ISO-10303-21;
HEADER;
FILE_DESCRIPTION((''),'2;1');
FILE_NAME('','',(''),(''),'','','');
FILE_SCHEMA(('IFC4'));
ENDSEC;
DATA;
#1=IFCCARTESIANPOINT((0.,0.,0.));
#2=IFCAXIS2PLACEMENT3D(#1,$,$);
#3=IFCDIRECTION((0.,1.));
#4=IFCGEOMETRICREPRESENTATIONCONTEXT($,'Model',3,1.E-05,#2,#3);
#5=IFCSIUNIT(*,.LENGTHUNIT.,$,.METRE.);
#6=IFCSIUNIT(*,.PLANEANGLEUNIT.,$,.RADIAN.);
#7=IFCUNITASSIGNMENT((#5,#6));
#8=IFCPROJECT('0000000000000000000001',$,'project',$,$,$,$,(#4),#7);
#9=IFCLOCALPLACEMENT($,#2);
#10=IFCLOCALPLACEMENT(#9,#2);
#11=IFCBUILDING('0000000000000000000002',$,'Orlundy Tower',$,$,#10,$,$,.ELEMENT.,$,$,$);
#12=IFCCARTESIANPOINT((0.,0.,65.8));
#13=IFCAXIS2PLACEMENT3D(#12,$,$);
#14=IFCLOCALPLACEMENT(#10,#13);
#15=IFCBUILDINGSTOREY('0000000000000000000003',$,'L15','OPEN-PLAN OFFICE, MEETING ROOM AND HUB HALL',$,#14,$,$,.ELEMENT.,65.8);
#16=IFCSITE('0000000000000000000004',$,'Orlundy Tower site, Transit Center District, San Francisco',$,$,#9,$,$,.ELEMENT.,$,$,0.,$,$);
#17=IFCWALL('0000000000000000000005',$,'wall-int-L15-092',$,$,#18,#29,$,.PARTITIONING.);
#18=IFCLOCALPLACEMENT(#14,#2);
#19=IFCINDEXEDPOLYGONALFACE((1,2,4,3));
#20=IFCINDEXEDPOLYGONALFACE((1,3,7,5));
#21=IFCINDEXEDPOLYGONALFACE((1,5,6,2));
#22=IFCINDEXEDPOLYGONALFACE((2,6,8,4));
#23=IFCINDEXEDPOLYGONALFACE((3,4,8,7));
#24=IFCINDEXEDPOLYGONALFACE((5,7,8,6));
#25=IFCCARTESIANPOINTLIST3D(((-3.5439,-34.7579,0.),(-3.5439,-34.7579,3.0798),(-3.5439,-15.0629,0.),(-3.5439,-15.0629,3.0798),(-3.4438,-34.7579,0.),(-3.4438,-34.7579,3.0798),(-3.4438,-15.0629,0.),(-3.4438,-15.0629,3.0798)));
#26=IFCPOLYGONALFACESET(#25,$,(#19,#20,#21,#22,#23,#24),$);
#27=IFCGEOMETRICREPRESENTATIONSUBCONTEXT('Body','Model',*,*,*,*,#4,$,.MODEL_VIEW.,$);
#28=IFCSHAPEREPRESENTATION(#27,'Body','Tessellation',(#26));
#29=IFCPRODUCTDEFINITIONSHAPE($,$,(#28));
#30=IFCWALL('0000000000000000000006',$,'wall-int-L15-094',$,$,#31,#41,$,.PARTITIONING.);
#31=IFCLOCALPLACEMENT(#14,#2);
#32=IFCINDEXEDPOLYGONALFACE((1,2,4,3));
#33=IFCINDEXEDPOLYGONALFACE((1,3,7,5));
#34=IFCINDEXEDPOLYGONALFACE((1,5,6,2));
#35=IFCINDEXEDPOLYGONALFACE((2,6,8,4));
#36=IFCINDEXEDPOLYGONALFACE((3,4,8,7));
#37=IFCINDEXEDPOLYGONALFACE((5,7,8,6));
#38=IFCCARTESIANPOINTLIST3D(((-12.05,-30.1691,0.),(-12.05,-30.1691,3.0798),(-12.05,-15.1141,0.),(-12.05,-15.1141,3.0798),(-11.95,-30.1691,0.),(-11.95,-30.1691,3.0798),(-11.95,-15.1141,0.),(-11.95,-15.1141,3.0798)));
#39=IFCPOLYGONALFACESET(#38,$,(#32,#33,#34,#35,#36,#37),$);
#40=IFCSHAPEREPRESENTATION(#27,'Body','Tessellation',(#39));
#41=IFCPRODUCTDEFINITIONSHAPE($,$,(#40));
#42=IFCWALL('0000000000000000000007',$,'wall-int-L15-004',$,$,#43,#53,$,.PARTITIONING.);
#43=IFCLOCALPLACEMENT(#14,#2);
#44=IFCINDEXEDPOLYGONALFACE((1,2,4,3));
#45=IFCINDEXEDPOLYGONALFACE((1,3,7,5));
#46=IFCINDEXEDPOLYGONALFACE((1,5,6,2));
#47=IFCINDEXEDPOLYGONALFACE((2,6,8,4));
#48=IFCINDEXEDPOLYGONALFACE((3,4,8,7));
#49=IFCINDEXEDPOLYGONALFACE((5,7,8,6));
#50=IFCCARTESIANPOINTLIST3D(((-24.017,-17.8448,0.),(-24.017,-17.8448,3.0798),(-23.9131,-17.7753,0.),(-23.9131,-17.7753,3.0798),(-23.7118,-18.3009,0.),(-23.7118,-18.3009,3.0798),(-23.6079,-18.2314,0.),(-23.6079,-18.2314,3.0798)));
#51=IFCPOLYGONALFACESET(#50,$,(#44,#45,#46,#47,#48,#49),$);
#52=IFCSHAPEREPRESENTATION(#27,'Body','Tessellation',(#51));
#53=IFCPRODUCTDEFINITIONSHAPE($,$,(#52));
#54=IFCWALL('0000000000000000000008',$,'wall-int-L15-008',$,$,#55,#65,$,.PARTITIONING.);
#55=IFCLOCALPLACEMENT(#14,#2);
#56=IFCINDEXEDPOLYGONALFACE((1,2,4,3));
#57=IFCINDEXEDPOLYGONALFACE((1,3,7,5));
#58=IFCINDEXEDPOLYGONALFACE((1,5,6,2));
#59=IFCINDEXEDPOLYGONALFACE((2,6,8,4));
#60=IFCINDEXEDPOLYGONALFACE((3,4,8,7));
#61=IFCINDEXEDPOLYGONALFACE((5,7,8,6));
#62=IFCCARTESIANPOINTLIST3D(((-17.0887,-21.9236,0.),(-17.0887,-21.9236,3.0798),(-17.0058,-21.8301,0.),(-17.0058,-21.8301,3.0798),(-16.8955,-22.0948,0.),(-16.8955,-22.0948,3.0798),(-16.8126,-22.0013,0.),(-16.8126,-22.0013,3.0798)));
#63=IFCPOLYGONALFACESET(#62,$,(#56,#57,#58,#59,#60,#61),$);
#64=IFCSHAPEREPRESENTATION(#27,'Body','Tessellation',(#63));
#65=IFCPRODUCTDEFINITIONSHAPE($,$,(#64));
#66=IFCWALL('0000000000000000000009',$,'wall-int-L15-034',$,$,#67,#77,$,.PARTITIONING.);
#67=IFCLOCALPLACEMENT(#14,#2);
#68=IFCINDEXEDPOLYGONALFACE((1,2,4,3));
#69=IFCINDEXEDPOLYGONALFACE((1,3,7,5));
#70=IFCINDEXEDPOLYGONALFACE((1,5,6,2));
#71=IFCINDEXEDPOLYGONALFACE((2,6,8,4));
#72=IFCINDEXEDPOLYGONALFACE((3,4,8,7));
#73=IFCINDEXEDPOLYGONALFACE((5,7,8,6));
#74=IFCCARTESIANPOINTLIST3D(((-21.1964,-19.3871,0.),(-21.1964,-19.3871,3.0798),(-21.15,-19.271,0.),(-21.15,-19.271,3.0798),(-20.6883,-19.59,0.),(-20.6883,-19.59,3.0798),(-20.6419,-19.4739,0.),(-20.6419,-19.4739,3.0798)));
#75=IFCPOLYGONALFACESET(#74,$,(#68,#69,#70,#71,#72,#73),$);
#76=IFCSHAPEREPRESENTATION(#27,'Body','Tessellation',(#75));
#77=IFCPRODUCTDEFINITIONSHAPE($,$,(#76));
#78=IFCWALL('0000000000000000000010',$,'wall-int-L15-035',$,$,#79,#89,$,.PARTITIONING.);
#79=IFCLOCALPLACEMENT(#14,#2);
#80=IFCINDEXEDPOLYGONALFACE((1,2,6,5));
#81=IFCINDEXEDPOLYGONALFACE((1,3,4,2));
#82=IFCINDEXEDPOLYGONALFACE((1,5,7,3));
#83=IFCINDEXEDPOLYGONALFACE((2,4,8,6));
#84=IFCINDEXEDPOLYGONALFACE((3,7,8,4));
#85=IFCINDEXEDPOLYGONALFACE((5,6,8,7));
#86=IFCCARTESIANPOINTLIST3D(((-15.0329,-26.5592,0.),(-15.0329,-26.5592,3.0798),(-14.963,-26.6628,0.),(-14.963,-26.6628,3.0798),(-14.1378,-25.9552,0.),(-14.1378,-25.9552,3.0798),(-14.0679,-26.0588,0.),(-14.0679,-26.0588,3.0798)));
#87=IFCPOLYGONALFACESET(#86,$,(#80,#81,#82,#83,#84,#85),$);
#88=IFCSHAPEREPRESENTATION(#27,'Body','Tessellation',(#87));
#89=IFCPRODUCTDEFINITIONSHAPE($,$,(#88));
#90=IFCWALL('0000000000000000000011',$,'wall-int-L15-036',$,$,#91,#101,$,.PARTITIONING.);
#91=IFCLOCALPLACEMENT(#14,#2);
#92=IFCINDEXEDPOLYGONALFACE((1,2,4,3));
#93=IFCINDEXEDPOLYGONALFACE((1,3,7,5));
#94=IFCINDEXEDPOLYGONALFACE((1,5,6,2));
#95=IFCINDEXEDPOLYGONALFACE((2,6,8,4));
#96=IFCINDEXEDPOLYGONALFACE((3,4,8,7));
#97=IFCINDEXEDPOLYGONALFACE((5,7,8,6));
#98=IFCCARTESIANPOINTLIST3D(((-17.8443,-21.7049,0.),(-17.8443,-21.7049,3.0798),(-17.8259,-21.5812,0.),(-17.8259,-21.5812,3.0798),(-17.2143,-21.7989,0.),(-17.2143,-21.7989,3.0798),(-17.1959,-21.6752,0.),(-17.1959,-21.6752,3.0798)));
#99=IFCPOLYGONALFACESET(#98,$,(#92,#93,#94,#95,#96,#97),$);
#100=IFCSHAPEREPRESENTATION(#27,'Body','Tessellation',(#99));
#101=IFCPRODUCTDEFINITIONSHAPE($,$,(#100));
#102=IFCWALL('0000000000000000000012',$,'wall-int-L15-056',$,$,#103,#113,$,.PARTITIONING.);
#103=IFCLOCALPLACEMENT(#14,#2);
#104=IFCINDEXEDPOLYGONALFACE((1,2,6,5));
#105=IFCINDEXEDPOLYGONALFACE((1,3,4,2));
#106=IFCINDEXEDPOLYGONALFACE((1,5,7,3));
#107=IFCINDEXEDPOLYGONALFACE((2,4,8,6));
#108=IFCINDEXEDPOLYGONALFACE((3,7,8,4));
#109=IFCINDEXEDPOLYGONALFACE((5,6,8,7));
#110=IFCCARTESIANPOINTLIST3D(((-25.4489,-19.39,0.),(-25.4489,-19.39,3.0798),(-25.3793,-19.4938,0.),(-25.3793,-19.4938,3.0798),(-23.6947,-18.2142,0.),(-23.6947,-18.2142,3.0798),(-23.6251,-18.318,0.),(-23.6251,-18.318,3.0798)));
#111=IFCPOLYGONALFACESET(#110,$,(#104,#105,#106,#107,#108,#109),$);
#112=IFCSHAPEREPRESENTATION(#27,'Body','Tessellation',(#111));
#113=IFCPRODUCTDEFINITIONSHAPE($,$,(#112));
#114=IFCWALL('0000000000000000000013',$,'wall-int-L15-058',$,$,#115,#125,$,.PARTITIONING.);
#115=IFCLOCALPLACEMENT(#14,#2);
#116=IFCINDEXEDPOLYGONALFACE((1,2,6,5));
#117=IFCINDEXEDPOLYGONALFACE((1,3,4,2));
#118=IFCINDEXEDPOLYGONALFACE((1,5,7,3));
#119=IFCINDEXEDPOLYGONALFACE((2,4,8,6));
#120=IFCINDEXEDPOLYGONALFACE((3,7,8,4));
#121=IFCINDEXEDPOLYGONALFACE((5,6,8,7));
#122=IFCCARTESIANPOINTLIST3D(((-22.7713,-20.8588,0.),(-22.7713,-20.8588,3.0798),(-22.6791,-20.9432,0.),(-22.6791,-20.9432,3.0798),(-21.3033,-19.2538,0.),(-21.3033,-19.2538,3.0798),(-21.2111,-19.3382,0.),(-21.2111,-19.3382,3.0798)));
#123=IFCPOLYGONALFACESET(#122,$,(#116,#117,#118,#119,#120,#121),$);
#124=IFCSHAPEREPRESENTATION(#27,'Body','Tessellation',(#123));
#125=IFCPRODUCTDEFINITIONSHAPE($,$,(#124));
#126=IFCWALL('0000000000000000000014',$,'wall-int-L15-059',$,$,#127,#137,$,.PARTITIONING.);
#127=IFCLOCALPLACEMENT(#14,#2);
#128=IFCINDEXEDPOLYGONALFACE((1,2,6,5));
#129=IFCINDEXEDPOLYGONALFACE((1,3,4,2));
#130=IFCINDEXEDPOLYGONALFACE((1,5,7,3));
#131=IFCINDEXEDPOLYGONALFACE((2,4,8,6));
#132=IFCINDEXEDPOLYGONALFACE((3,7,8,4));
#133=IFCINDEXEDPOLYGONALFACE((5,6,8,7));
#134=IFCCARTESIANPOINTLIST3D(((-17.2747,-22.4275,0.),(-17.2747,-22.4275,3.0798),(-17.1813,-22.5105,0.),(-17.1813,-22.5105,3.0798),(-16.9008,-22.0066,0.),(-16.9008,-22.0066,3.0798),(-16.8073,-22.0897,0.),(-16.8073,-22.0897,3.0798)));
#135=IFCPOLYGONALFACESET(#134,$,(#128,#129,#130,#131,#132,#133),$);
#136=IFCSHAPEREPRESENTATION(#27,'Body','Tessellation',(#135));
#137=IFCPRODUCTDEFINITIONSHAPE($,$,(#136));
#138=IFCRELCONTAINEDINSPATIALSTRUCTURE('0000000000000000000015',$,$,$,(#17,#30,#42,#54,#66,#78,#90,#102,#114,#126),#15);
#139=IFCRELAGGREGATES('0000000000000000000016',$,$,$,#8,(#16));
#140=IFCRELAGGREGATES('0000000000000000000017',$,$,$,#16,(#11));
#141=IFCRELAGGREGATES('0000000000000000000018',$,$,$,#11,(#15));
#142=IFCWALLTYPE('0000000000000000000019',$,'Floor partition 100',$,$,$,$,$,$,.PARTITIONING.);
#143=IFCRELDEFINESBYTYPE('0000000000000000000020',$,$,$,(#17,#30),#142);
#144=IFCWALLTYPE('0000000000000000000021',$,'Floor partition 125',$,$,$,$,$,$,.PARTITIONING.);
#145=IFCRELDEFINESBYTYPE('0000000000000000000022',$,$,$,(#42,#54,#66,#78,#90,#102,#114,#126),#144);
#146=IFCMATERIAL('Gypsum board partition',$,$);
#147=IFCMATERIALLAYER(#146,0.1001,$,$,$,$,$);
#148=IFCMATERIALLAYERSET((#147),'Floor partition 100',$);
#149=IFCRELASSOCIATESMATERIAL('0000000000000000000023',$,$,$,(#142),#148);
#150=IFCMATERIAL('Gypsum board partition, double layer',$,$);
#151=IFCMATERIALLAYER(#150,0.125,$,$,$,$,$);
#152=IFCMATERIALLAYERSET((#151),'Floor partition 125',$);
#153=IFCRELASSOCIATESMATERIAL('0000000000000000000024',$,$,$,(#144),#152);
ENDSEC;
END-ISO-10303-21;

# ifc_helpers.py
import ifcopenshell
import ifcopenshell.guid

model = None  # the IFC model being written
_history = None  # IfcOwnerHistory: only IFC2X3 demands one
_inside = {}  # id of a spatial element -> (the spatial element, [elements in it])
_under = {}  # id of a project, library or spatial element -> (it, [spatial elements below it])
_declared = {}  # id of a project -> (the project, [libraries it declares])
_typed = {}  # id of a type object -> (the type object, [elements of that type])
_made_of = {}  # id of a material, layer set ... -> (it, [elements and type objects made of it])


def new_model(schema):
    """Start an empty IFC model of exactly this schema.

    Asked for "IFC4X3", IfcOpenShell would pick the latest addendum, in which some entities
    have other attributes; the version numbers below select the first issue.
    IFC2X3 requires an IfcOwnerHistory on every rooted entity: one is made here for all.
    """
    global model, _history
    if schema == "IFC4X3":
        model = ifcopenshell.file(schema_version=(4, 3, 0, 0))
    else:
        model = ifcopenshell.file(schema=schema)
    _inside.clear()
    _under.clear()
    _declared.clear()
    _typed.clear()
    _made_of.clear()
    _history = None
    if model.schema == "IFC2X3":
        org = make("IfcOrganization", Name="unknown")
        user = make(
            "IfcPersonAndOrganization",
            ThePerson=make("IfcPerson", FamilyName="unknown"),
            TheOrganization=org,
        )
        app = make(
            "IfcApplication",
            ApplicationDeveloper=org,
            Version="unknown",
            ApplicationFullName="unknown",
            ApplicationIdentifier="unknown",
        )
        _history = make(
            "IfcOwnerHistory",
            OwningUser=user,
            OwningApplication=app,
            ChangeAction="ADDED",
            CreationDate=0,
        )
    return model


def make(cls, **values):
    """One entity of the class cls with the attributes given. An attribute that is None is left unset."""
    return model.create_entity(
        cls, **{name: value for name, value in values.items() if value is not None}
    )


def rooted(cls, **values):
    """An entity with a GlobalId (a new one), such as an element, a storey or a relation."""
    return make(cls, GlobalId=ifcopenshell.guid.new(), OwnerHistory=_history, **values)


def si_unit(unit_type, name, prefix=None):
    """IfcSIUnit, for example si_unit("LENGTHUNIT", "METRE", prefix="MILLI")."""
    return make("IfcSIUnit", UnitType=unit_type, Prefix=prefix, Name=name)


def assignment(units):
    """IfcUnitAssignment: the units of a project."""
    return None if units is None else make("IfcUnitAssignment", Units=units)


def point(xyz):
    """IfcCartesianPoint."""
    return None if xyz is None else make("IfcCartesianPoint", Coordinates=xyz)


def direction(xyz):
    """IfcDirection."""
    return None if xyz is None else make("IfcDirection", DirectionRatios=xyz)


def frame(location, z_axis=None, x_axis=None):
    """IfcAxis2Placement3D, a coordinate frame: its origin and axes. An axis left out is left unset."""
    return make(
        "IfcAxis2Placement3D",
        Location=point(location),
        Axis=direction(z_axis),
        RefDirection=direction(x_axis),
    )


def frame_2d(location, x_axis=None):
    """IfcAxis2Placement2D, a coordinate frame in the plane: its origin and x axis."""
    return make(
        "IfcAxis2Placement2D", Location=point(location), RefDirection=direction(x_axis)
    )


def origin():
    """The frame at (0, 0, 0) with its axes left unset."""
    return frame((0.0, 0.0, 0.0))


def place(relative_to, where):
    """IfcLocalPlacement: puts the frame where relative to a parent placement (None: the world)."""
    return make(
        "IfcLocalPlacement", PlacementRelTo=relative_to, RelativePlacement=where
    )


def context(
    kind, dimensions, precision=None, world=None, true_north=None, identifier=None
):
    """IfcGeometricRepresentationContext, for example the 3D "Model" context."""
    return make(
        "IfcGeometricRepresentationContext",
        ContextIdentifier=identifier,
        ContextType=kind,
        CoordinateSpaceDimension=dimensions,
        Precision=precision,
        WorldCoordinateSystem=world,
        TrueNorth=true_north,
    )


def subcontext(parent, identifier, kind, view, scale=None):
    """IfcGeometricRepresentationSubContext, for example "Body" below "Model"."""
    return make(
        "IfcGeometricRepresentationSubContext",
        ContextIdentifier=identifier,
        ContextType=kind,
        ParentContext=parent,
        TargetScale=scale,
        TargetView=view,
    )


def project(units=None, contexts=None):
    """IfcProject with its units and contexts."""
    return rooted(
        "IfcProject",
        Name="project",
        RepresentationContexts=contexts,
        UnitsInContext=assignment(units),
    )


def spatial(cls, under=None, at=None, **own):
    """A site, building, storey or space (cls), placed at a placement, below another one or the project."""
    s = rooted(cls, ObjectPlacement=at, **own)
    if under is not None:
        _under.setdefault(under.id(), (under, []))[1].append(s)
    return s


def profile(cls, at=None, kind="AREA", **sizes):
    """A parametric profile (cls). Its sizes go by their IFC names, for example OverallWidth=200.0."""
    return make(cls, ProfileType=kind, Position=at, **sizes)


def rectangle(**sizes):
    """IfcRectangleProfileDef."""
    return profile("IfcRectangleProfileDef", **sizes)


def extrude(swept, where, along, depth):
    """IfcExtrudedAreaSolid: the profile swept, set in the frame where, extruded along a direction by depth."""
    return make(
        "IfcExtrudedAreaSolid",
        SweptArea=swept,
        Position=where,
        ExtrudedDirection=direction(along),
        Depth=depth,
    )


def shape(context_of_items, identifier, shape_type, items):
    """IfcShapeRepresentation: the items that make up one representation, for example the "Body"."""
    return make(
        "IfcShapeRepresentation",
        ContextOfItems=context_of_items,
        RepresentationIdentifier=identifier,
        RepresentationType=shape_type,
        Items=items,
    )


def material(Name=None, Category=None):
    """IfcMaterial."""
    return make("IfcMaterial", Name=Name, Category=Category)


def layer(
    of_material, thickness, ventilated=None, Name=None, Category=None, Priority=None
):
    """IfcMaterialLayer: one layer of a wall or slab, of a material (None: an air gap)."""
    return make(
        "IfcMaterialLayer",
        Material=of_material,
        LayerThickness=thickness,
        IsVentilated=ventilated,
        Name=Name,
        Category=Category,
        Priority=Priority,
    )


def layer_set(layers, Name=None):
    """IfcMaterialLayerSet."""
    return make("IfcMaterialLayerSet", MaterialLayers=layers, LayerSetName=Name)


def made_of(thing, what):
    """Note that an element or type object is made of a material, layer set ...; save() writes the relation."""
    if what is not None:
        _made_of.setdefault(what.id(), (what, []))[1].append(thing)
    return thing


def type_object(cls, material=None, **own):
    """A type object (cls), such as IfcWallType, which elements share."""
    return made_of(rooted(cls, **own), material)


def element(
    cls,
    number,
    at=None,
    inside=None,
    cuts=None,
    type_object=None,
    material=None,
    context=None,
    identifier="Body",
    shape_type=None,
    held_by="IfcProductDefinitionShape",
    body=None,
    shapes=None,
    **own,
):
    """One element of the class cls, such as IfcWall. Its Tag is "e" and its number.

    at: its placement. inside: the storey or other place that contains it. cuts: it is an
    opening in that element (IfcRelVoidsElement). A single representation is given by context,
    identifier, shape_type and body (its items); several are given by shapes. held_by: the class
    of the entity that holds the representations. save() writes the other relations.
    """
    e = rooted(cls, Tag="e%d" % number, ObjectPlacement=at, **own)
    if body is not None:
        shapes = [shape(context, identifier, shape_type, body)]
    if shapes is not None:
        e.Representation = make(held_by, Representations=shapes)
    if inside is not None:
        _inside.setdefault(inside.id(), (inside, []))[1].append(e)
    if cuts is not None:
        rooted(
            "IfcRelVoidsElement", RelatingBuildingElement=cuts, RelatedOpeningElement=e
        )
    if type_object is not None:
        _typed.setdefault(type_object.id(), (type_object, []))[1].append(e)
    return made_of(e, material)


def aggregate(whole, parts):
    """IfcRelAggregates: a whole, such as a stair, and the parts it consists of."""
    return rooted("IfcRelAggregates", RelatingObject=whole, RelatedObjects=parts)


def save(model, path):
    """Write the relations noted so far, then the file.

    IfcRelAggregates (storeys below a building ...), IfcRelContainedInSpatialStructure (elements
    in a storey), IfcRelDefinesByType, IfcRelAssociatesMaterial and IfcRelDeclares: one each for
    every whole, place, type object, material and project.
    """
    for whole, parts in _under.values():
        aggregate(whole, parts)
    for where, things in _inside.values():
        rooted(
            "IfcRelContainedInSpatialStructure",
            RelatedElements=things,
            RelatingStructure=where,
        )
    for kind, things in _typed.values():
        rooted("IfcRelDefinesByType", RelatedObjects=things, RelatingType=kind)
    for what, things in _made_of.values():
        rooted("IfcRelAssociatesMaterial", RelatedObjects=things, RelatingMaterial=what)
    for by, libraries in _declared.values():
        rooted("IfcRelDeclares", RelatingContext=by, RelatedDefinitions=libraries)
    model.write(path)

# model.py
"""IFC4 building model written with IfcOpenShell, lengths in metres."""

from ifc_helpers import new_model, si_unit, direction, frame, frame_2d, origin, place, context, subcontext, project, spatial, rectangle, extrude, material, layer, layer_set, type_object, element, save


model = new_model("IFC4")

# Units and contexts
model_context = context("Model", 3, precision=1e-05, world=origin(), true_north=direction((0.0, 1.0)))
body_context = subcontext(model_context, "Body", "Model", "MODEL_VIEW")
ifc_project = project(units=[si_unit("LENGTHUNIT", "METRE"), si_unit("PLANEANGLEUNIT", "RADIAN")], contexts=[model_context])

# Site, building, storey
site_placement = place(None, origin())
site = spatial("IfcSite", under=ifc_project, at=site_placement, Name="Orlundy Tower site, Transit Center District, San Francisco", CompositionType="ELEMENT", RefElevation=0.0)
building_placement = place(site_placement, origin())
building = spatial("IfcBuilding", under=site, at=building_placement, Name="Orlundy Tower", CompositionType="ELEMENT")
storey_placement = place(building_placement, frame((0.0, 0.0, 65.8)))
storey = spatial("IfcBuildingStorey", under=building, at=storey_placement, Name="L15", Description="OPEN-PLAN OFFICE, MEETING ROOM AND HUB HALL", CompositionType="ELEMENT", Elevation=65.8)

# Walls
ifc_material_1 = material(Name="Gypsum board partition")
ifc_layer_1 = layer(ifc_material_1, 0.1001)
ifc_layer_set_1 = layer_set([ifc_layer_1], Name="Floor partition 100")
wall_type_1 = type_object("IfcWallType", Name="Floor partition 100", PredefinedType="PARTITIONING", material=ifc_layer_set_1)
wall_1_placement = place(storey_placement, frame((-3.4939, -34.7581, 0.0), z_axis=(0.0, 0.0, 1.0), x_axis=(0.0, 1.0, 0.0)))
element("IfcWall", 1, at=wall_1_placement, inside=storey, type_object=wall_type_1, Name="wall-int-L15-092", PredefinedType="PARTITIONING", context=body_context, shape_type="SweptSolid", body=[
    extrude(rectangle(XDim=19.6951, YDim=0.1001, at=frame_2d((9.8477, 0.0))), origin(), (0.0, 0.0, 1.0), 3.0798),
])
wall_2_placement = place(storey_placement, frame((-12.0, -30.1689, 0.0), z_axis=(0.0, 0.0, 1.0), x_axis=(0.0, 1.0, 0.0)))
element("IfcWall", 2, at=wall_2_placement, inside=storey, type_object=wall_type_1, Name="wall-int-L15-094", PredefinedType="PARTITIONING", context=body_context, shape_type="SweptSolid", body=[
    extrude(rectangle(XDim=15.0549, YDim=0.1001, at=frame_2d((7.5273, 0.0))), origin(), (0.0, 0.0, 1.0), 3.0798),
])
ifc_material_2 = material(Name="Gypsum board partition, double layer")
ifc_layer_2 = layer(ifc_material_2, 0.125)
ifc_layer_set_2 = layer_set([ifc_layer_2], Name="Floor partition 125")
wall_type_2 = type_object("IfcWallType", Name="Floor partition 125", PredefinedType="PARTITIONING", material=ifc_layer_set_2)
wall_3_placement = place(storey_placement, frame((-23.9651, -17.8101, 0.0), z_axis=(0.0, 0.0, 1.0), x_axis=(0.556137, -0.831091, 0.0)))
element("IfcWall", 3, at=wall_3_placement, inside=storey, type_object=wall_type_2, Name="wall-int-L15-004", PredefinedType="PARTITIONING", context=body_context, shape_type="SweptSolid", body=[
    extrude(rectangle(XDim=0.5488, YDim=0.125, at=frame_2d((0.2744, 0.0))), origin(), (0.0, 0.0, 1.0), 3.0798),
])
wall_4_placement = place(storey_placement, frame((-17.0471, -21.877, 0.0), z_axis=(0.0, 0.0, 1.0), x_axis=(0.7484, -0.663247, 0.0)))
element("IfcWall", 4, at=wall_4_placement, inside=storey, type_object=wall_type_2, Name="wall-int-L15-008", PredefinedType="PARTITIONING", context=body_context, shape_type="SweptSolid", body=[
    extrude(rectangle(XDim=0.2581, YDim=0.125, at=frame_2d((0.1289, 0.0))), origin(), (0.0, 0.0, 1.0), 3.0798),
])
wall_5_placement = place(storey_placement, frame((-21.1731, -19.3291, 0.0), z_axis=(0.0, 0.0, 1.0), x_axis=(0.928692, -0.370852, 0.0)))
element("IfcWall", 5, at=wall_5_placement, inside=storey, type_object=wall_type_2, Name="wall-int-L15-034", PredefinedType="PARTITIONING", context=body_context, shape_type="SweptSolid", body=[
    extrude(rectangle(XDim=0.5471, YDim=0.125, at=frame_2d((0.2734, 0.0))), origin(), (0.0, 0.0, 1.0), 3.0798),
])
wall_6_placement = place(storey_placement, frame((-14.998, -26.6111, 0.0), z_axis=(0.0, 0.0, 1.0), x_axis=(0.828906, 0.559387, 0.0)))
element("IfcWall", 6, at=wall_6_placement, inside=storey, type_object=wall_type_2, Name="wall-int-L15-035", PredefinedType="PARTITIONING", context=body_context, shape_type="SweptSolid", body=[
    extrude(rectangle(XDim=1.0798, YDim=0.125, at=frame_2d((0.54, 0.0))), origin(), (0.0, 0.0, 1.0), 3.0798),
])
wall_7_placement = place(storey_placement, frame((-17.835, -21.6431, 0.0), z_axis=(0.0, 0.0, 1.0), x_axis=(0.989049, -0.147591, 0.0)))
element("IfcWall", 7, at=wall_7_placement, inside=storey, type_object=wall_type_2, Name="wall-int-L15-036", PredefinedType="PARTITIONING", context=body_context, shape_type="SweptSolid", body=[
    extrude(rectangle(XDim=0.637, YDim=0.125, at=frame_2d((0.3184, 0.0))), origin(), (0.0, 0.0, 1.0), 3.0798),
])
wall_8_placement = place(storey_placement, frame((-23.6599, -18.2661, 0.0), z_axis=(0.0, 0.0, 1.0), x_axis=(-0.83066, -0.556779, 0.0)))
element("IfcWall", 8, at=wall_8_placement, inside=storey, type_object=wall_type_2, Name="wall-int-L15-056", PredefinedType="PARTITIONING", context=body_context, shape_type="SweptSolid", body=[
    extrude(rectangle(XDim=2.1118, YDim=0.125, at=frame_2d((1.0559, 0.0))), origin(), (0.0, 0.0, 1.0), 3.0798),
])
wall_9_placement = place(storey_placement, frame((-22.7251, -20.9009, 0.0), z_axis=(0.0, 0.0, 1.0), x_axis=(0.674921, 0.73789, 0.0)))
element("IfcWall", 9, at=wall_9_placement, inside=storey, type_object=wall_type_2, Name="wall-int-L15-058", PredefinedType="PARTITIONING", context=body_context, shape_type="SweptSolid", body=[
    extrude(rectangle(XDim=2.175, YDim=0.125, at=frame_2d((1.0874, 0.0))), origin(), (0.0, 0.0, 1.0), 3.0798),
])
wall_10_placement = place(storey_placement, frame((-17.228, -22.469, 0.0), z_axis=(0.0, 0.0, 1.0), x_axis=(0.664256, 0.747505, 0.0)))
element("IfcWall", 10, at=wall_10_placement, inside=storey, type_object=wall_type_2, Name="wall-int-L15-059", PredefinedType="PARTITIONING", context=body_context, shape_type="SweptSolid", body=[
    extrude(rectangle(XDim=0.563, YDim=0.125, at=frame_2d((0.2815, 0.0))), origin(), (0.0, 0.0, 1.0), 3.0798),
])

save(model, "model.ifc")
